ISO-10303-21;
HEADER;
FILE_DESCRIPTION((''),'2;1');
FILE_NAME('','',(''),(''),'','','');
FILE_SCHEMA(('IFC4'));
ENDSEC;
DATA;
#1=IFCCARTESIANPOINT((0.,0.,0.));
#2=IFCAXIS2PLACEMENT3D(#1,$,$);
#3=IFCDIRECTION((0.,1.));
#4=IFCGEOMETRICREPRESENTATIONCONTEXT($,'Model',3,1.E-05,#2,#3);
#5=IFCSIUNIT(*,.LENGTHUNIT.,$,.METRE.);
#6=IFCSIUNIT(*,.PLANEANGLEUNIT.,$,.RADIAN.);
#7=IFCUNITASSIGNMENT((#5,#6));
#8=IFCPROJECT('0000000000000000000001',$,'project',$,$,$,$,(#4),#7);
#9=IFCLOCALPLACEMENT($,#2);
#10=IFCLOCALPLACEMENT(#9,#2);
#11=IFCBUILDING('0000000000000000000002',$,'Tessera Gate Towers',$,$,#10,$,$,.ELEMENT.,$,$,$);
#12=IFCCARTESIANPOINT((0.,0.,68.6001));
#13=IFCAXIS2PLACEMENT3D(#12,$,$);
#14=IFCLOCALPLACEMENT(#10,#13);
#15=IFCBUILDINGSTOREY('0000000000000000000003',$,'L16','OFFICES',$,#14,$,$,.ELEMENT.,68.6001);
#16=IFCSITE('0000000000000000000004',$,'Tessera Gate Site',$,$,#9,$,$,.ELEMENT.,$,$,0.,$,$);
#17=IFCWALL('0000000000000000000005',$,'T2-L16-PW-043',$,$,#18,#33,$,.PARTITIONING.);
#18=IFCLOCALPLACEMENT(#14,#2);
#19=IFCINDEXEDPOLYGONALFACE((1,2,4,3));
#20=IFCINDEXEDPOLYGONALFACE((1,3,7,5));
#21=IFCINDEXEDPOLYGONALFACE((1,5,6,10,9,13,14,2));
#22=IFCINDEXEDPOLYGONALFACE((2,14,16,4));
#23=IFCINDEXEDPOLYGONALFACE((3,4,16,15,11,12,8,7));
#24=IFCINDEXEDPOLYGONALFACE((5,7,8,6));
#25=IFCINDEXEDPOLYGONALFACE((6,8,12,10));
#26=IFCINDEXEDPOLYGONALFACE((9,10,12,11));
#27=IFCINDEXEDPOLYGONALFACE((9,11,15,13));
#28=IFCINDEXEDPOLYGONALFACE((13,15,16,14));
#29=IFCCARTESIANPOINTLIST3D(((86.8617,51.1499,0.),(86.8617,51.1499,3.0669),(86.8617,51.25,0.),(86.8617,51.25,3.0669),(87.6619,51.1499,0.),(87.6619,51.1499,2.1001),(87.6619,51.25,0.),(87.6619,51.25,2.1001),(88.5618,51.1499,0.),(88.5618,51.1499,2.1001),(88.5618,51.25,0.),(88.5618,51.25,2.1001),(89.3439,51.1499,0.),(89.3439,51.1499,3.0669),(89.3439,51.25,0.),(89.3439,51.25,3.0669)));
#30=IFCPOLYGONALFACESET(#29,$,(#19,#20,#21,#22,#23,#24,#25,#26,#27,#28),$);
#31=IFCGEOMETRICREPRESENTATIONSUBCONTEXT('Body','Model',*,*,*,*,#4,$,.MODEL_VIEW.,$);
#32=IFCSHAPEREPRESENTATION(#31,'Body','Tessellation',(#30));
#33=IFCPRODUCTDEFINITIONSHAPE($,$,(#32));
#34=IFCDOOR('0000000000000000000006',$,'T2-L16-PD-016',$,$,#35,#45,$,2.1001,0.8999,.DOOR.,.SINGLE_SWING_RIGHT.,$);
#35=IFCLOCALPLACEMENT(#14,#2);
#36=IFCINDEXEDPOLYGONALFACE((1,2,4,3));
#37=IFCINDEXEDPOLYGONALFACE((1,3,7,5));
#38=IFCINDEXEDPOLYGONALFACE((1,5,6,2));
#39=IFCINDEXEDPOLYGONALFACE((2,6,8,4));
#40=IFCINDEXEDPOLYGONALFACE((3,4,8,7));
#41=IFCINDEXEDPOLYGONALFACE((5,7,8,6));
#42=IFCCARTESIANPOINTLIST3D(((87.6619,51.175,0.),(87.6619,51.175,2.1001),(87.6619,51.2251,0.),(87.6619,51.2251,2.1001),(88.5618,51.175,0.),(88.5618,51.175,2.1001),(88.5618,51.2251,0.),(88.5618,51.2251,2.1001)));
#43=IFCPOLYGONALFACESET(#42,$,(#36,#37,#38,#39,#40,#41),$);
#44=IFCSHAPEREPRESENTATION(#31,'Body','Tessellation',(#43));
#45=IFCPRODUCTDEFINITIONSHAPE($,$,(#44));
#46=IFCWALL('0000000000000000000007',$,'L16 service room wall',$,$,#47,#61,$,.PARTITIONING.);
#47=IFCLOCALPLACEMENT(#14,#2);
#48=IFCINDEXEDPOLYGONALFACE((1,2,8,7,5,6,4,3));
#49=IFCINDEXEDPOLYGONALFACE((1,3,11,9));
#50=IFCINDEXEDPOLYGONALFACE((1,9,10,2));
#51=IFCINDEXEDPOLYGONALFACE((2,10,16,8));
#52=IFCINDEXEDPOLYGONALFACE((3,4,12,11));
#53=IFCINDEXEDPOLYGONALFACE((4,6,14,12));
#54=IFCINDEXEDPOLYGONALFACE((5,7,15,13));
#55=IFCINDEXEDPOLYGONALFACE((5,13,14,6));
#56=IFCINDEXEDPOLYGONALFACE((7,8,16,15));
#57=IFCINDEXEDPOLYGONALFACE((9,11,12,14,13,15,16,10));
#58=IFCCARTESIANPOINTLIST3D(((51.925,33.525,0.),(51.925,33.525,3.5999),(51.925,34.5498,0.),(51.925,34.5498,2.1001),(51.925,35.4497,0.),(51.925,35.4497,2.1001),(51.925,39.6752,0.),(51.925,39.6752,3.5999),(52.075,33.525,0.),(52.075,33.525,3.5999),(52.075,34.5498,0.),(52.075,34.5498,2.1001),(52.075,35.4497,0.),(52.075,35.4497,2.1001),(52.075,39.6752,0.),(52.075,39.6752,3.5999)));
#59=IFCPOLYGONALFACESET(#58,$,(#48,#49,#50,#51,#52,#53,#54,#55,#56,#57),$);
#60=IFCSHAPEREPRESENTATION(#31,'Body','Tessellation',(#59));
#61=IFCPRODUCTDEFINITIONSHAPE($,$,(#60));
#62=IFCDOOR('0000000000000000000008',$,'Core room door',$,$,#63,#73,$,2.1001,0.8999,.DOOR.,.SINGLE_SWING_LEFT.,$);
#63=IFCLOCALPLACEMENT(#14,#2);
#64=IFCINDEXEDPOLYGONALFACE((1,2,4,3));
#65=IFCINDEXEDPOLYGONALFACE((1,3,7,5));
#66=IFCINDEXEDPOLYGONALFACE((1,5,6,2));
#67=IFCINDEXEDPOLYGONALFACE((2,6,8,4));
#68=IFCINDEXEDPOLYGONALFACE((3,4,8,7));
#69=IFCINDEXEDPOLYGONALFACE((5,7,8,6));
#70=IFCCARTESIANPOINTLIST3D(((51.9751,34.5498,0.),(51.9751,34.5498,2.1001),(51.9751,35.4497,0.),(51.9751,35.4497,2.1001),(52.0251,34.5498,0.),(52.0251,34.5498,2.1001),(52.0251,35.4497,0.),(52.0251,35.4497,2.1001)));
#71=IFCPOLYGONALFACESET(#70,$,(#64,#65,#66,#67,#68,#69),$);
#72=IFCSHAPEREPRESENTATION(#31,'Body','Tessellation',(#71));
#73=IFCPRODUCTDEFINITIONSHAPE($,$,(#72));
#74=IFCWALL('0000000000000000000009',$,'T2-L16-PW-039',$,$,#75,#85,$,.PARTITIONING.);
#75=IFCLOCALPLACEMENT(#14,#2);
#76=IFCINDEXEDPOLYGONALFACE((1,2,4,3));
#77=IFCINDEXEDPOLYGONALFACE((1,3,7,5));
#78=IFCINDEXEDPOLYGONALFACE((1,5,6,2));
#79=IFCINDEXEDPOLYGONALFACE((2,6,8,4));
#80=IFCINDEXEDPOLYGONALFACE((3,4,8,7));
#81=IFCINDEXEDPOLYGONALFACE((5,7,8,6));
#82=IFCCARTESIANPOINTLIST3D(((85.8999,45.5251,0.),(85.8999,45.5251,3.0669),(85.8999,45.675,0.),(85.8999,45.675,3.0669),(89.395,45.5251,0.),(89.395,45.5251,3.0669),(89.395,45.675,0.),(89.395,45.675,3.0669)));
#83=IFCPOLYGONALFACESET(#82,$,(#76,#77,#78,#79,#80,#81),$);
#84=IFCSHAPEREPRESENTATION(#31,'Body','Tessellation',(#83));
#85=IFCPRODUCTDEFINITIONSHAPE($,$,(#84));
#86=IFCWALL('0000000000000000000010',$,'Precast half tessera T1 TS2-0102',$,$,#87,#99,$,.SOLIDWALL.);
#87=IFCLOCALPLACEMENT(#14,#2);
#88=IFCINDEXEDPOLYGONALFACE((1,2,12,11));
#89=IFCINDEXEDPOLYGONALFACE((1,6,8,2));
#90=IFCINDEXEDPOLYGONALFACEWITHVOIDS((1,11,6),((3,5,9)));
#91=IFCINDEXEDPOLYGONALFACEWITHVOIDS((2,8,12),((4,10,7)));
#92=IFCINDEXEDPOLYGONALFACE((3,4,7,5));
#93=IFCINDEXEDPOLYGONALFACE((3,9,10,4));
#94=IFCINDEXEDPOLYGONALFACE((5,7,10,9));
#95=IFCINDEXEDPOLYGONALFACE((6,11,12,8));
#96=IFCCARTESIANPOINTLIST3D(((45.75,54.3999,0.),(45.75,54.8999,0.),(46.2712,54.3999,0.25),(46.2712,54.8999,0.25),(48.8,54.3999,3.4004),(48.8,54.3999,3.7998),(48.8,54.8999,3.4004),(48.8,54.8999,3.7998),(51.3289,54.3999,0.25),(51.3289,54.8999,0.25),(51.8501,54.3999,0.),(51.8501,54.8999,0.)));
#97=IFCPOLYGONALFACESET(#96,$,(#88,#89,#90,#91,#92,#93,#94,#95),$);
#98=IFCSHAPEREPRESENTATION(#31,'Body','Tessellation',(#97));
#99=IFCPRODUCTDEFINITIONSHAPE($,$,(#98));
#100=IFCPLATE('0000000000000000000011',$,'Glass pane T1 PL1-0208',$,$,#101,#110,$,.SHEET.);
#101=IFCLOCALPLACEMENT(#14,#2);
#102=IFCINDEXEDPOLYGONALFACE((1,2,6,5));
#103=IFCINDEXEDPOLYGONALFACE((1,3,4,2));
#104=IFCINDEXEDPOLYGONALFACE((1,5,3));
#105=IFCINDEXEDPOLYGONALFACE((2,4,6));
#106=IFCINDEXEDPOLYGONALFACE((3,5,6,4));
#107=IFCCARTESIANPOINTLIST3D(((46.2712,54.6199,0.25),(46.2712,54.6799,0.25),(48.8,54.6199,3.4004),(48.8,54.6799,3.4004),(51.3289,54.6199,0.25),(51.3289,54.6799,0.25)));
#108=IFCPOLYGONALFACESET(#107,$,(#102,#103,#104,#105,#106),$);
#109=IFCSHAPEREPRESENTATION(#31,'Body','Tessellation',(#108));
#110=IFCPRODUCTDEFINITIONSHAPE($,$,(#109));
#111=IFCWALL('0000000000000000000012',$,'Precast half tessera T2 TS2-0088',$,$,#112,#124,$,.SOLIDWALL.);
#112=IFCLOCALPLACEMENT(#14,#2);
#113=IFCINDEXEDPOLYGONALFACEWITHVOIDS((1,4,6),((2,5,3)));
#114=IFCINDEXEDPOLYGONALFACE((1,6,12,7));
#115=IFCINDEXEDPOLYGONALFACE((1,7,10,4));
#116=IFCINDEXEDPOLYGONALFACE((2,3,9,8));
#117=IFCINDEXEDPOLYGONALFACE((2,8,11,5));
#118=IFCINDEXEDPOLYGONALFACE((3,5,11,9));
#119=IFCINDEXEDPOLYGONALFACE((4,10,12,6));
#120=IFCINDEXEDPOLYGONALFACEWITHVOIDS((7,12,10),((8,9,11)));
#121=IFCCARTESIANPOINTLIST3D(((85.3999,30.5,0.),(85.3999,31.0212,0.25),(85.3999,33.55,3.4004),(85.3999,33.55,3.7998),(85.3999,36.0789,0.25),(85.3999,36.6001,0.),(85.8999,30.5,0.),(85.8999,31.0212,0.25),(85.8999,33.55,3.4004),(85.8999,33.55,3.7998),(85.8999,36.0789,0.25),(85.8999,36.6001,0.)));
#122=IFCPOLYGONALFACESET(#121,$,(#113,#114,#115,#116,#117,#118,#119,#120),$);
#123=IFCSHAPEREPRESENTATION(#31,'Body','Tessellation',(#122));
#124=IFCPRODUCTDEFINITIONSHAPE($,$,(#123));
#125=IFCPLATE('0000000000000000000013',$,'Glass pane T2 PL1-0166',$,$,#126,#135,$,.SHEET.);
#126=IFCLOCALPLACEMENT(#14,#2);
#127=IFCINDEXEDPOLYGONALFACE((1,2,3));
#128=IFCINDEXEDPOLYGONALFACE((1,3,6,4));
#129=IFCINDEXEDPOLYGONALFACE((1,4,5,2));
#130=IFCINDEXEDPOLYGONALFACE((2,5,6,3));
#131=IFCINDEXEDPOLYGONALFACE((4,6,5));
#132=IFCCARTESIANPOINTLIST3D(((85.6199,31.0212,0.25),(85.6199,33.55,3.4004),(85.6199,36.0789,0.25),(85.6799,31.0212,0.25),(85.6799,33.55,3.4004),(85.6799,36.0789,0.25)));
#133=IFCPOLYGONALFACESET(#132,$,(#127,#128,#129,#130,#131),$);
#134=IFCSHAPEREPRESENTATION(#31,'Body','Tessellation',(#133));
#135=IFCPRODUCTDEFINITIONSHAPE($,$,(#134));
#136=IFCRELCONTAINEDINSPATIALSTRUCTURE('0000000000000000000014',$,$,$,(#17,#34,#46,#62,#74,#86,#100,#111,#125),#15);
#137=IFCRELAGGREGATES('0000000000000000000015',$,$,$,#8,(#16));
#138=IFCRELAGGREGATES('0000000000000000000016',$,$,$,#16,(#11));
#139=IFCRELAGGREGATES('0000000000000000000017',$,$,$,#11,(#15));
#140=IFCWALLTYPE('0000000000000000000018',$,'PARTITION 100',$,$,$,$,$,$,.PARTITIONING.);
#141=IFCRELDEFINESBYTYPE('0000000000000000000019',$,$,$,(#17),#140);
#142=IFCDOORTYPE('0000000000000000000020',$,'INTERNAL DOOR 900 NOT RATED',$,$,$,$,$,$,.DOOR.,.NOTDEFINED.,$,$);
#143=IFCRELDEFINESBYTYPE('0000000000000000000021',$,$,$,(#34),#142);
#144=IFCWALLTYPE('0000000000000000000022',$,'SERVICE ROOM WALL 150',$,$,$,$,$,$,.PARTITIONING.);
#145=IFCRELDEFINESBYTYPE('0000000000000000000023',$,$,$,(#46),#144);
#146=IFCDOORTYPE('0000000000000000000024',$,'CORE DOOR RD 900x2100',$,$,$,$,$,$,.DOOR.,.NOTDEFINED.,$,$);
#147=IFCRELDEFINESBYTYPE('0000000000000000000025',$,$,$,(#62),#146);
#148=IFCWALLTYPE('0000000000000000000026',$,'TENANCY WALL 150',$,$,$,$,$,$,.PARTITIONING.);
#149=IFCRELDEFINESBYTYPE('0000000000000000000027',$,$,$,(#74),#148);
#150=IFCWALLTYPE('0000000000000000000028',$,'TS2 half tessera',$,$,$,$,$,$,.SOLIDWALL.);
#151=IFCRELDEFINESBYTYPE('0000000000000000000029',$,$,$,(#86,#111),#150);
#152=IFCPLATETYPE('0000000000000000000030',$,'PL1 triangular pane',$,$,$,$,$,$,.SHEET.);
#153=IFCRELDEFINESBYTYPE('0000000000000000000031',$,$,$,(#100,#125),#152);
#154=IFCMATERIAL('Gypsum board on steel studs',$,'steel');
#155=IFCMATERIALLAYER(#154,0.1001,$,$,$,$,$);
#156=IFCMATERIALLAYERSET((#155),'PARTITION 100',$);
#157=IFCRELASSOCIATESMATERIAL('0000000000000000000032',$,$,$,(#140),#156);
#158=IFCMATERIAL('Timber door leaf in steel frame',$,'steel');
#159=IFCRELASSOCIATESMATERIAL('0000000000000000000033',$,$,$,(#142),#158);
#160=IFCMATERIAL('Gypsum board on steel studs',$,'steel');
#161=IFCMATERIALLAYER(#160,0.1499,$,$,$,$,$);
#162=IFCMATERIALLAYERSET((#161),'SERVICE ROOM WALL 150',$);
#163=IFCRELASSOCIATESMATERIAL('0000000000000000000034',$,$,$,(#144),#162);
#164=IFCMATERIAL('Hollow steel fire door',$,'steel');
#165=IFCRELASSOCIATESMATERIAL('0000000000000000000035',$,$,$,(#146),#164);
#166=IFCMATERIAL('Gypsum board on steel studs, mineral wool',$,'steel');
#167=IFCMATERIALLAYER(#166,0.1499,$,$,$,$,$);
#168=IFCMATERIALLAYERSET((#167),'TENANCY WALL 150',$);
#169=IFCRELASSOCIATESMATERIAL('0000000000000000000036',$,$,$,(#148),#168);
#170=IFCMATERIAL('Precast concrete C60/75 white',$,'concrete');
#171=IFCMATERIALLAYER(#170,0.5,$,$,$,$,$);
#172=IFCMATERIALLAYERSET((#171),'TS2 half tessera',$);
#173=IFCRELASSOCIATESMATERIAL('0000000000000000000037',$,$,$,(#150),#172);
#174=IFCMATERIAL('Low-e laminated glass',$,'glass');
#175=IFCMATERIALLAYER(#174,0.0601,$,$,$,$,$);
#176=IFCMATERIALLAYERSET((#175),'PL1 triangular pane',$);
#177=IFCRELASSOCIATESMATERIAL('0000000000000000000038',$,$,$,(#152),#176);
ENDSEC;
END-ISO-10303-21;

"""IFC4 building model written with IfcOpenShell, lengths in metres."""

from ifc_helpers import new_model, si_unit, direction, frame, frame_2d, origin, place, context, subcontext, project, spatial, polyline, rectangle, outline, extrude, source, transform, mapped, material, layer, layer_set, type_object, element, fill, save


model = new_model("IFC4")

# Units and contexts
model_context = context("Model", 3, precision=1e-05, world=origin(), true_north=direction((0.0, 1.0)))
body_context = subcontext(model_context, "Body", "Model", "MODEL_VIEW")
ifc_project = project(units=[si_unit("LENGTHUNIT", "METRE"), si_unit("PLANEANGLEUNIT", "RADIAN")], contexts=[model_context])

# Site, building, storey
site_placement = place(None, origin())
site = spatial("IfcSite", under=ifc_project, at=site_placement, Name="Tessera Gate Site", CompositionType="ELEMENT", RefElevation=0.0)
building_placement = place(site_placement, origin())
building = spatial("IfcBuilding", under=site, at=building_placement, Name="Tessera Gate Towers", CompositionType="ELEMENT")
storey_placement = place(building_placement, frame((0.0, 0.0, 68.6001)))
storey = spatial("IfcBuildingStorey", under=building, at=storey_placement, Name="L16", Description="OFFICES", CompositionType="ELEMENT", Elevation=68.6001)

# Shared definitions
shared_shape_1 = source(origin(), body_context, "Body", "SweptSolid", [
    extrude(rectangle(XDim=0.8999, YDim=2.1001, at=frame_2d((0.45, 1.05))), frame((0.0, 0.085, 0.0), z_axis=(0.0, -1.0, 0.0), x_axis=(1.0, 0.0, 0.0)), (0.0, 0.0, 1.0), 0.1699),
])
shared_shape_2 = source(origin(), body_context, "Body", "SweptSolid", [
    extrude(rectangle(XDim=0.8999, YDim=2.1001, at=frame_2d((0.45, 1.05))), frame((0.0, 0.0249, 0.0), z_axis=(0.0, -1.0, 0.0), x_axis=(1.0, 0.0, 0.0)), (0.0, 0.0, 1.0), 0.05),
])

# Shared definitions
ifc_material_1 = material(Name="Gypsum board on steel studs", Category="steel")
ifc_layer_1 = layer(ifc_material_1, 0.1001)
ifc_layer_set_1 = layer_set([ifc_layer_1], Name="PARTITION 100")
wall_type_1 = type_object("IfcWallType", Name="PARTITION 100", PredefinedType="PARTITIONING", material=ifc_layer_set_1)

# Walls, openings, doors
wall_1_placement = place(storey_placement, frame((89.344, 51.2, 0.0), z_axis=(0.0, 0.0, 1.0), x_axis=(-1.0, 0.0, 0.0)))
wall_1 = element("IfcWall", 1, at=wall_1_placement, inside=storey, type_object=wall_type_1, Name="T2-L16-PW-043", PredefinedType="PARTITIONING", context=body_context, shape_type="SweptSolid", body=[
    extrude(rectangle(XDim=2.4822, YDim=0.1001, at=frame_2d((1.2412, 0.0))), origin(), (0.0, 0.0, 1.0), 3.0669),
])
shared_shape_3 = source(origin(), body_context, "Body", "SweptSolid", [
    extrude(rectangle(XDim=0.8999, YDim=2.1001, at=frame_2d((0.45, 1.05))), frame((0.0, 0.0601, 0.0), z_axis=(0.0, -1.0, 0.0), x_axis=(1.0, 0.0, 0.0)), (0.0, 0.0, 1.0), 0.1201),
])
opening_1_placement = place(wall_1_placement, frame((0.7822, 0.0, 0.0)))
opening_1 = element("IfcOpeningElement", 2, at=opening_1_placement, cuts=wall_1, PredefinedType="OPENING", context=body_context, shape_type="MappedRepresentation", body=[
    mapped(shared_shape_3, transform((0.0, 0.0, 0.0), scale=1.0)),
])
ifc_material_2 = material(Name="Timber door leaf in steel frame", Category="steel")
door_type_1 = type_object("IfcDoorType", Name="INTERNAL DOOR 900 NOT RATED", OperationType="NOTDEFINED", PredefinedType="DOOR", material=ifc_material_2)
door_1_placement = place(opening_1_placement, origin())
door_1 = element("IfcDoor", 3, at=door_1_placement, inside=storey, type_object=door_type_1, Name="T2-L16-PD-016", OperationType="SINGLE_SWING_RIGHT", OverallHeight=2.1001, OverallWidth=0.8999, PredefinedType="DOOR", context=body_context, shape_type="MappedRepresentation", body=[
    mapped(shared_shape_2, transform((0.0, 0.0, 0.0), scale=1.0)),
])
fill(opening_1, door_1)
ifc_material_3 = material(Name="Gypsum board on steel studs", Category="steel")
ifc_layer_2 = layer(ifc_material_3, 0.1499)
ifc_layer_set_2 = layer_set([ifc_layer_2], Name="SERVICE ROOM WALL 150")
wall_type_2 = type_object("IfcWallType", Name="SERVICE ROOM WALL 150", PredefinedType="PARTITIONING", material=ifc_layer_set_2)
wall_2_placement = place(storey_placement, frame((52.0, 33.5249, 0.0), z_axis=(0.0, 0.0, 1.0), x_axis=(0.0, 1.0, 0.0)))
wall_2 = element("IfcWall", 4, at=wall_2_placement, inside=storey, type_object=wall_type_2, Name="L16 service room wall", PredefinedType="PARTITIONING", context=body_context, shape_type="SweptSolid", body=[
    extrude(rectangle(XDim=6.1501, YDim=0.1499, at=frame_2d((3.0752, 0.0))), origin(), (0.0, 0.0, 1.0), 3.5999),
])
opening_2_placement = place(wall_2_placement, frame((1.0249, 0.0, 0.0)))
opening_2 = element("IfcOpeningElement", 5, at=opening_2_placement, cuts=wall_2, PredefinedType="OPENING", context=body_context, shape_type="MappedRepresentation", body=[
    mapped(shared_shape_1, transform((0.0, 0.0, 0.0), scale=1.0)),
])
ifc_material_4 = material(Name="Hollow steel fire door", Category="steel")
door_type_2 = type_object("IfcDoorType", Name="CORE DOOR RD 900x2100", OperationType="NOTDEFINED", PredefinedType="DOOR", material=ifc_material_4)
door_2_placement = place(opening_2_placement, origin())
door_2 = element("IfcDoor", 6, at=door_2_placement, inside=storey, type_object=door_type_2, Name="Core room door", OperationType="SINGLE_SWING_LEFT", OverallHeight=2.1001, OverallWidth=0.8999, PredefinedType="DOOR", context=body_context, shape_type="MappedRepresentation", body=[
    mapped(shared_shape_2, transform((0.0, 0.0, 0.0), scale=1.0)),
])
fill(opening_2, door_2)

# Wall
ifc_material_5 = material(Name="Gypsum board on steel studs, mineral wool", Category="steel")
ifc_layer_3 = layer(ifc_material_5, 0.1499)
ifc_layer_set_3 = layer_set([ifc_layer_3], Name="TENANCY WALL 150")
wall_type_3 = type_object("IfcWallType", Name="TENANCY WALL 150", PredefinedType="PARTITIONING", material=ifc_layer_set_3)
wall_3_placement = place(storey_placement, frame((85.8999, 45.6001, 0.0), z_axis=(0.0, 0.0, 1.0), x_axis=(1.0, 0.0, 0.0)))
element("IfcWall", 7, at=wall_3_placement, inside=storey, type_object=wall_type_3, Name="T2-L16-PW-039", PredefinedType="PARTITIONING", context=body_context, shape_type="SweptSolid", body=[
    extrude(rectangle(XDim=3.4951, YDim=0.1499, at=frame_2d((1.7476, 0.0))), origin(), (0.0, 0.0, 1.0), 3.0669),
])

# Walls, openings, plates
ifc_material_6 = material(Name="Precast concrete C60/75 white", Category="concrete")
ifc_layer_4 = layer(ifc_material_6, 0.5)
ifc_layer_set_4 = layer_set([ifc_layer_4], Name="TS2 half tessera")
wall_type_4 = type_object("IfcWallType", Name="TS2 half tessera", PredefinedType="SOLIDWALL", material=ifc_layer_set_4)
shared_shape_4 = source(origin(), body_context, "Body", "SweptSolid", [
    extrude(outline(polyline([(6.1001, 0.0), (3.05, 3.7998), (0.0, 0.0), (6.1001, 0.0)])), frame((0.0, 0.25, 0.0), z_axis=(0.0, -1.0, 0.0), x_axis=(1.0, 0.0, 0.0)), (0.0, 0.0, 1.0), 0.5),
])
wall_4_placement = place(storey_placement, frame((51.8501, 54.6499, 0.0), z_axis=(0.0, 0.0, 1.0), x_axis=(-1.0, 0.0, 0.0)))
wall_4 = element("IfcWall", 8, at=wall_4_placement, inside=storey, type_object=wall_type_4, Name="Precast half tessera T1 TS2-0102", PredefinedType="SOLIDWALL", context=body_context, shape_type="MappedRepresentation", body=[
    mapped(shared_shape_4, transform((0.0, 0.0, 0.0), scale=1.0)),
])
shared_shape_5 = source(origin(), body_context, "Body", "SweptSolid", [
    extrude(outline(polyline([(5.5789, 0.25), (3.05, 3.4004), (0.5212, 0.25), (5.5789, 0.25)])), frame((0.0, 0.26, 0.0), z_axis=(0.0, -1.0, 0.0), x_axis=(1.0, 0.0, 0.0)), (0.0, 0.0, 1.0), 0.52),
])
opening_3_placement = place(wall_4_placement, origin())
opening_3 = element("IfcOpeningElement", 9, at=opening_3_placement, cuts=wall_4, PredefinedType="OPENING", context=body_context, shape_type="MappedRepresentation", body=[
    mapped(shared_shape_5, transform((0.0, 0.0, 0.0), scale=1.0)),
])
ifc_material_7 = material(Name="Low-e laminated glass", Category="glass")
ifc_layer_5 = layer(ifc_material_7, 0.0601)
ifc_layer_set_5 = layer_set([ifc_layer_5], Name="PL1 triangular pane")
plate_type = type_object("IfcPlateType", Name="PL1 triangular pane", PredefinedType="SHEET", material=ifc_layer_set_5)
shared_shape_6 = source(origin(), body_context, "Body", "SweptSolid", [
    extrude(outline(polyline([(5.5789, 0.25), (3.05, 3.4004), (0.5212, 0.25), (5.5789, 0.25)])), frame((0.0, 0.03, 0.0), z_axis=(0.0, -1.0, 0.0), x_axis=(1.0, 0.0, 0.0)), (0.0, 0.0, 1.0), 0.0601),
])
plate_1_placement = place(opening_3_placement, origin())
plate_1 = element("IfcPlate", 10, at=plate_1_placement, inside=storey, type_object=plate_type, Name="Glass pane T1 PL1-0208", PredefinedType="SHEET", context=body_context, shape_type="MappedRepresentation", body=[
    mapped(shared_shape_6, transform((0.0, 0.0, 0.0), scale=1.0)),
])
fill(opening_3, plate_1)
wall_5_placement = place(storey_placement, frame((85.6499, 36.6001, 0.0), z_axis=(0.0, 0.0, 1.0), x_axis=(0.0, -1.0, 0.0)))
wall_5 = element("IfcWall", 11, at=wall_5_placement, inside=storey, type_object=wall_type_4, Name="Precast half tessera T2 TS2-0088", PredefinedType="SOLIDWALL", context=body_context, shape_type="MappedRepresentation", body=[
    mapped(shared_shape_4, transform((0.0, 0.0, 0.0), scale=1.0)),
])
opening_4_placement = place(wall_5_placement, origin())
opening_4 = element("IfcOpeningElement", 12, at=opening_4_placement, cuts=wall_5, PredefinedType="OPENING", context=body_context, shape_type="MappedRepresentation", body=[
    mapped(shared_shape_5, transform((0.0, 0.0, 0.0), scale=1.0)),
])
plate_2_placement = place(opening_4_placement, origin())
plate_2 = element("IfcPlate", 13, at=plate_2_placement, inside=storey, type_object=plate_type, Name="Glass pane T2 PL1-0166", PredefinedType="SHEET", context=body_context, shape_type="MappedRepresentation", body=[
    mapped(shared_shape_6, transform((0.0, 0.0, 0.0), scale=1.0)),
])
fill(opening_4, plate_2)

save(model, "model.ifc")
